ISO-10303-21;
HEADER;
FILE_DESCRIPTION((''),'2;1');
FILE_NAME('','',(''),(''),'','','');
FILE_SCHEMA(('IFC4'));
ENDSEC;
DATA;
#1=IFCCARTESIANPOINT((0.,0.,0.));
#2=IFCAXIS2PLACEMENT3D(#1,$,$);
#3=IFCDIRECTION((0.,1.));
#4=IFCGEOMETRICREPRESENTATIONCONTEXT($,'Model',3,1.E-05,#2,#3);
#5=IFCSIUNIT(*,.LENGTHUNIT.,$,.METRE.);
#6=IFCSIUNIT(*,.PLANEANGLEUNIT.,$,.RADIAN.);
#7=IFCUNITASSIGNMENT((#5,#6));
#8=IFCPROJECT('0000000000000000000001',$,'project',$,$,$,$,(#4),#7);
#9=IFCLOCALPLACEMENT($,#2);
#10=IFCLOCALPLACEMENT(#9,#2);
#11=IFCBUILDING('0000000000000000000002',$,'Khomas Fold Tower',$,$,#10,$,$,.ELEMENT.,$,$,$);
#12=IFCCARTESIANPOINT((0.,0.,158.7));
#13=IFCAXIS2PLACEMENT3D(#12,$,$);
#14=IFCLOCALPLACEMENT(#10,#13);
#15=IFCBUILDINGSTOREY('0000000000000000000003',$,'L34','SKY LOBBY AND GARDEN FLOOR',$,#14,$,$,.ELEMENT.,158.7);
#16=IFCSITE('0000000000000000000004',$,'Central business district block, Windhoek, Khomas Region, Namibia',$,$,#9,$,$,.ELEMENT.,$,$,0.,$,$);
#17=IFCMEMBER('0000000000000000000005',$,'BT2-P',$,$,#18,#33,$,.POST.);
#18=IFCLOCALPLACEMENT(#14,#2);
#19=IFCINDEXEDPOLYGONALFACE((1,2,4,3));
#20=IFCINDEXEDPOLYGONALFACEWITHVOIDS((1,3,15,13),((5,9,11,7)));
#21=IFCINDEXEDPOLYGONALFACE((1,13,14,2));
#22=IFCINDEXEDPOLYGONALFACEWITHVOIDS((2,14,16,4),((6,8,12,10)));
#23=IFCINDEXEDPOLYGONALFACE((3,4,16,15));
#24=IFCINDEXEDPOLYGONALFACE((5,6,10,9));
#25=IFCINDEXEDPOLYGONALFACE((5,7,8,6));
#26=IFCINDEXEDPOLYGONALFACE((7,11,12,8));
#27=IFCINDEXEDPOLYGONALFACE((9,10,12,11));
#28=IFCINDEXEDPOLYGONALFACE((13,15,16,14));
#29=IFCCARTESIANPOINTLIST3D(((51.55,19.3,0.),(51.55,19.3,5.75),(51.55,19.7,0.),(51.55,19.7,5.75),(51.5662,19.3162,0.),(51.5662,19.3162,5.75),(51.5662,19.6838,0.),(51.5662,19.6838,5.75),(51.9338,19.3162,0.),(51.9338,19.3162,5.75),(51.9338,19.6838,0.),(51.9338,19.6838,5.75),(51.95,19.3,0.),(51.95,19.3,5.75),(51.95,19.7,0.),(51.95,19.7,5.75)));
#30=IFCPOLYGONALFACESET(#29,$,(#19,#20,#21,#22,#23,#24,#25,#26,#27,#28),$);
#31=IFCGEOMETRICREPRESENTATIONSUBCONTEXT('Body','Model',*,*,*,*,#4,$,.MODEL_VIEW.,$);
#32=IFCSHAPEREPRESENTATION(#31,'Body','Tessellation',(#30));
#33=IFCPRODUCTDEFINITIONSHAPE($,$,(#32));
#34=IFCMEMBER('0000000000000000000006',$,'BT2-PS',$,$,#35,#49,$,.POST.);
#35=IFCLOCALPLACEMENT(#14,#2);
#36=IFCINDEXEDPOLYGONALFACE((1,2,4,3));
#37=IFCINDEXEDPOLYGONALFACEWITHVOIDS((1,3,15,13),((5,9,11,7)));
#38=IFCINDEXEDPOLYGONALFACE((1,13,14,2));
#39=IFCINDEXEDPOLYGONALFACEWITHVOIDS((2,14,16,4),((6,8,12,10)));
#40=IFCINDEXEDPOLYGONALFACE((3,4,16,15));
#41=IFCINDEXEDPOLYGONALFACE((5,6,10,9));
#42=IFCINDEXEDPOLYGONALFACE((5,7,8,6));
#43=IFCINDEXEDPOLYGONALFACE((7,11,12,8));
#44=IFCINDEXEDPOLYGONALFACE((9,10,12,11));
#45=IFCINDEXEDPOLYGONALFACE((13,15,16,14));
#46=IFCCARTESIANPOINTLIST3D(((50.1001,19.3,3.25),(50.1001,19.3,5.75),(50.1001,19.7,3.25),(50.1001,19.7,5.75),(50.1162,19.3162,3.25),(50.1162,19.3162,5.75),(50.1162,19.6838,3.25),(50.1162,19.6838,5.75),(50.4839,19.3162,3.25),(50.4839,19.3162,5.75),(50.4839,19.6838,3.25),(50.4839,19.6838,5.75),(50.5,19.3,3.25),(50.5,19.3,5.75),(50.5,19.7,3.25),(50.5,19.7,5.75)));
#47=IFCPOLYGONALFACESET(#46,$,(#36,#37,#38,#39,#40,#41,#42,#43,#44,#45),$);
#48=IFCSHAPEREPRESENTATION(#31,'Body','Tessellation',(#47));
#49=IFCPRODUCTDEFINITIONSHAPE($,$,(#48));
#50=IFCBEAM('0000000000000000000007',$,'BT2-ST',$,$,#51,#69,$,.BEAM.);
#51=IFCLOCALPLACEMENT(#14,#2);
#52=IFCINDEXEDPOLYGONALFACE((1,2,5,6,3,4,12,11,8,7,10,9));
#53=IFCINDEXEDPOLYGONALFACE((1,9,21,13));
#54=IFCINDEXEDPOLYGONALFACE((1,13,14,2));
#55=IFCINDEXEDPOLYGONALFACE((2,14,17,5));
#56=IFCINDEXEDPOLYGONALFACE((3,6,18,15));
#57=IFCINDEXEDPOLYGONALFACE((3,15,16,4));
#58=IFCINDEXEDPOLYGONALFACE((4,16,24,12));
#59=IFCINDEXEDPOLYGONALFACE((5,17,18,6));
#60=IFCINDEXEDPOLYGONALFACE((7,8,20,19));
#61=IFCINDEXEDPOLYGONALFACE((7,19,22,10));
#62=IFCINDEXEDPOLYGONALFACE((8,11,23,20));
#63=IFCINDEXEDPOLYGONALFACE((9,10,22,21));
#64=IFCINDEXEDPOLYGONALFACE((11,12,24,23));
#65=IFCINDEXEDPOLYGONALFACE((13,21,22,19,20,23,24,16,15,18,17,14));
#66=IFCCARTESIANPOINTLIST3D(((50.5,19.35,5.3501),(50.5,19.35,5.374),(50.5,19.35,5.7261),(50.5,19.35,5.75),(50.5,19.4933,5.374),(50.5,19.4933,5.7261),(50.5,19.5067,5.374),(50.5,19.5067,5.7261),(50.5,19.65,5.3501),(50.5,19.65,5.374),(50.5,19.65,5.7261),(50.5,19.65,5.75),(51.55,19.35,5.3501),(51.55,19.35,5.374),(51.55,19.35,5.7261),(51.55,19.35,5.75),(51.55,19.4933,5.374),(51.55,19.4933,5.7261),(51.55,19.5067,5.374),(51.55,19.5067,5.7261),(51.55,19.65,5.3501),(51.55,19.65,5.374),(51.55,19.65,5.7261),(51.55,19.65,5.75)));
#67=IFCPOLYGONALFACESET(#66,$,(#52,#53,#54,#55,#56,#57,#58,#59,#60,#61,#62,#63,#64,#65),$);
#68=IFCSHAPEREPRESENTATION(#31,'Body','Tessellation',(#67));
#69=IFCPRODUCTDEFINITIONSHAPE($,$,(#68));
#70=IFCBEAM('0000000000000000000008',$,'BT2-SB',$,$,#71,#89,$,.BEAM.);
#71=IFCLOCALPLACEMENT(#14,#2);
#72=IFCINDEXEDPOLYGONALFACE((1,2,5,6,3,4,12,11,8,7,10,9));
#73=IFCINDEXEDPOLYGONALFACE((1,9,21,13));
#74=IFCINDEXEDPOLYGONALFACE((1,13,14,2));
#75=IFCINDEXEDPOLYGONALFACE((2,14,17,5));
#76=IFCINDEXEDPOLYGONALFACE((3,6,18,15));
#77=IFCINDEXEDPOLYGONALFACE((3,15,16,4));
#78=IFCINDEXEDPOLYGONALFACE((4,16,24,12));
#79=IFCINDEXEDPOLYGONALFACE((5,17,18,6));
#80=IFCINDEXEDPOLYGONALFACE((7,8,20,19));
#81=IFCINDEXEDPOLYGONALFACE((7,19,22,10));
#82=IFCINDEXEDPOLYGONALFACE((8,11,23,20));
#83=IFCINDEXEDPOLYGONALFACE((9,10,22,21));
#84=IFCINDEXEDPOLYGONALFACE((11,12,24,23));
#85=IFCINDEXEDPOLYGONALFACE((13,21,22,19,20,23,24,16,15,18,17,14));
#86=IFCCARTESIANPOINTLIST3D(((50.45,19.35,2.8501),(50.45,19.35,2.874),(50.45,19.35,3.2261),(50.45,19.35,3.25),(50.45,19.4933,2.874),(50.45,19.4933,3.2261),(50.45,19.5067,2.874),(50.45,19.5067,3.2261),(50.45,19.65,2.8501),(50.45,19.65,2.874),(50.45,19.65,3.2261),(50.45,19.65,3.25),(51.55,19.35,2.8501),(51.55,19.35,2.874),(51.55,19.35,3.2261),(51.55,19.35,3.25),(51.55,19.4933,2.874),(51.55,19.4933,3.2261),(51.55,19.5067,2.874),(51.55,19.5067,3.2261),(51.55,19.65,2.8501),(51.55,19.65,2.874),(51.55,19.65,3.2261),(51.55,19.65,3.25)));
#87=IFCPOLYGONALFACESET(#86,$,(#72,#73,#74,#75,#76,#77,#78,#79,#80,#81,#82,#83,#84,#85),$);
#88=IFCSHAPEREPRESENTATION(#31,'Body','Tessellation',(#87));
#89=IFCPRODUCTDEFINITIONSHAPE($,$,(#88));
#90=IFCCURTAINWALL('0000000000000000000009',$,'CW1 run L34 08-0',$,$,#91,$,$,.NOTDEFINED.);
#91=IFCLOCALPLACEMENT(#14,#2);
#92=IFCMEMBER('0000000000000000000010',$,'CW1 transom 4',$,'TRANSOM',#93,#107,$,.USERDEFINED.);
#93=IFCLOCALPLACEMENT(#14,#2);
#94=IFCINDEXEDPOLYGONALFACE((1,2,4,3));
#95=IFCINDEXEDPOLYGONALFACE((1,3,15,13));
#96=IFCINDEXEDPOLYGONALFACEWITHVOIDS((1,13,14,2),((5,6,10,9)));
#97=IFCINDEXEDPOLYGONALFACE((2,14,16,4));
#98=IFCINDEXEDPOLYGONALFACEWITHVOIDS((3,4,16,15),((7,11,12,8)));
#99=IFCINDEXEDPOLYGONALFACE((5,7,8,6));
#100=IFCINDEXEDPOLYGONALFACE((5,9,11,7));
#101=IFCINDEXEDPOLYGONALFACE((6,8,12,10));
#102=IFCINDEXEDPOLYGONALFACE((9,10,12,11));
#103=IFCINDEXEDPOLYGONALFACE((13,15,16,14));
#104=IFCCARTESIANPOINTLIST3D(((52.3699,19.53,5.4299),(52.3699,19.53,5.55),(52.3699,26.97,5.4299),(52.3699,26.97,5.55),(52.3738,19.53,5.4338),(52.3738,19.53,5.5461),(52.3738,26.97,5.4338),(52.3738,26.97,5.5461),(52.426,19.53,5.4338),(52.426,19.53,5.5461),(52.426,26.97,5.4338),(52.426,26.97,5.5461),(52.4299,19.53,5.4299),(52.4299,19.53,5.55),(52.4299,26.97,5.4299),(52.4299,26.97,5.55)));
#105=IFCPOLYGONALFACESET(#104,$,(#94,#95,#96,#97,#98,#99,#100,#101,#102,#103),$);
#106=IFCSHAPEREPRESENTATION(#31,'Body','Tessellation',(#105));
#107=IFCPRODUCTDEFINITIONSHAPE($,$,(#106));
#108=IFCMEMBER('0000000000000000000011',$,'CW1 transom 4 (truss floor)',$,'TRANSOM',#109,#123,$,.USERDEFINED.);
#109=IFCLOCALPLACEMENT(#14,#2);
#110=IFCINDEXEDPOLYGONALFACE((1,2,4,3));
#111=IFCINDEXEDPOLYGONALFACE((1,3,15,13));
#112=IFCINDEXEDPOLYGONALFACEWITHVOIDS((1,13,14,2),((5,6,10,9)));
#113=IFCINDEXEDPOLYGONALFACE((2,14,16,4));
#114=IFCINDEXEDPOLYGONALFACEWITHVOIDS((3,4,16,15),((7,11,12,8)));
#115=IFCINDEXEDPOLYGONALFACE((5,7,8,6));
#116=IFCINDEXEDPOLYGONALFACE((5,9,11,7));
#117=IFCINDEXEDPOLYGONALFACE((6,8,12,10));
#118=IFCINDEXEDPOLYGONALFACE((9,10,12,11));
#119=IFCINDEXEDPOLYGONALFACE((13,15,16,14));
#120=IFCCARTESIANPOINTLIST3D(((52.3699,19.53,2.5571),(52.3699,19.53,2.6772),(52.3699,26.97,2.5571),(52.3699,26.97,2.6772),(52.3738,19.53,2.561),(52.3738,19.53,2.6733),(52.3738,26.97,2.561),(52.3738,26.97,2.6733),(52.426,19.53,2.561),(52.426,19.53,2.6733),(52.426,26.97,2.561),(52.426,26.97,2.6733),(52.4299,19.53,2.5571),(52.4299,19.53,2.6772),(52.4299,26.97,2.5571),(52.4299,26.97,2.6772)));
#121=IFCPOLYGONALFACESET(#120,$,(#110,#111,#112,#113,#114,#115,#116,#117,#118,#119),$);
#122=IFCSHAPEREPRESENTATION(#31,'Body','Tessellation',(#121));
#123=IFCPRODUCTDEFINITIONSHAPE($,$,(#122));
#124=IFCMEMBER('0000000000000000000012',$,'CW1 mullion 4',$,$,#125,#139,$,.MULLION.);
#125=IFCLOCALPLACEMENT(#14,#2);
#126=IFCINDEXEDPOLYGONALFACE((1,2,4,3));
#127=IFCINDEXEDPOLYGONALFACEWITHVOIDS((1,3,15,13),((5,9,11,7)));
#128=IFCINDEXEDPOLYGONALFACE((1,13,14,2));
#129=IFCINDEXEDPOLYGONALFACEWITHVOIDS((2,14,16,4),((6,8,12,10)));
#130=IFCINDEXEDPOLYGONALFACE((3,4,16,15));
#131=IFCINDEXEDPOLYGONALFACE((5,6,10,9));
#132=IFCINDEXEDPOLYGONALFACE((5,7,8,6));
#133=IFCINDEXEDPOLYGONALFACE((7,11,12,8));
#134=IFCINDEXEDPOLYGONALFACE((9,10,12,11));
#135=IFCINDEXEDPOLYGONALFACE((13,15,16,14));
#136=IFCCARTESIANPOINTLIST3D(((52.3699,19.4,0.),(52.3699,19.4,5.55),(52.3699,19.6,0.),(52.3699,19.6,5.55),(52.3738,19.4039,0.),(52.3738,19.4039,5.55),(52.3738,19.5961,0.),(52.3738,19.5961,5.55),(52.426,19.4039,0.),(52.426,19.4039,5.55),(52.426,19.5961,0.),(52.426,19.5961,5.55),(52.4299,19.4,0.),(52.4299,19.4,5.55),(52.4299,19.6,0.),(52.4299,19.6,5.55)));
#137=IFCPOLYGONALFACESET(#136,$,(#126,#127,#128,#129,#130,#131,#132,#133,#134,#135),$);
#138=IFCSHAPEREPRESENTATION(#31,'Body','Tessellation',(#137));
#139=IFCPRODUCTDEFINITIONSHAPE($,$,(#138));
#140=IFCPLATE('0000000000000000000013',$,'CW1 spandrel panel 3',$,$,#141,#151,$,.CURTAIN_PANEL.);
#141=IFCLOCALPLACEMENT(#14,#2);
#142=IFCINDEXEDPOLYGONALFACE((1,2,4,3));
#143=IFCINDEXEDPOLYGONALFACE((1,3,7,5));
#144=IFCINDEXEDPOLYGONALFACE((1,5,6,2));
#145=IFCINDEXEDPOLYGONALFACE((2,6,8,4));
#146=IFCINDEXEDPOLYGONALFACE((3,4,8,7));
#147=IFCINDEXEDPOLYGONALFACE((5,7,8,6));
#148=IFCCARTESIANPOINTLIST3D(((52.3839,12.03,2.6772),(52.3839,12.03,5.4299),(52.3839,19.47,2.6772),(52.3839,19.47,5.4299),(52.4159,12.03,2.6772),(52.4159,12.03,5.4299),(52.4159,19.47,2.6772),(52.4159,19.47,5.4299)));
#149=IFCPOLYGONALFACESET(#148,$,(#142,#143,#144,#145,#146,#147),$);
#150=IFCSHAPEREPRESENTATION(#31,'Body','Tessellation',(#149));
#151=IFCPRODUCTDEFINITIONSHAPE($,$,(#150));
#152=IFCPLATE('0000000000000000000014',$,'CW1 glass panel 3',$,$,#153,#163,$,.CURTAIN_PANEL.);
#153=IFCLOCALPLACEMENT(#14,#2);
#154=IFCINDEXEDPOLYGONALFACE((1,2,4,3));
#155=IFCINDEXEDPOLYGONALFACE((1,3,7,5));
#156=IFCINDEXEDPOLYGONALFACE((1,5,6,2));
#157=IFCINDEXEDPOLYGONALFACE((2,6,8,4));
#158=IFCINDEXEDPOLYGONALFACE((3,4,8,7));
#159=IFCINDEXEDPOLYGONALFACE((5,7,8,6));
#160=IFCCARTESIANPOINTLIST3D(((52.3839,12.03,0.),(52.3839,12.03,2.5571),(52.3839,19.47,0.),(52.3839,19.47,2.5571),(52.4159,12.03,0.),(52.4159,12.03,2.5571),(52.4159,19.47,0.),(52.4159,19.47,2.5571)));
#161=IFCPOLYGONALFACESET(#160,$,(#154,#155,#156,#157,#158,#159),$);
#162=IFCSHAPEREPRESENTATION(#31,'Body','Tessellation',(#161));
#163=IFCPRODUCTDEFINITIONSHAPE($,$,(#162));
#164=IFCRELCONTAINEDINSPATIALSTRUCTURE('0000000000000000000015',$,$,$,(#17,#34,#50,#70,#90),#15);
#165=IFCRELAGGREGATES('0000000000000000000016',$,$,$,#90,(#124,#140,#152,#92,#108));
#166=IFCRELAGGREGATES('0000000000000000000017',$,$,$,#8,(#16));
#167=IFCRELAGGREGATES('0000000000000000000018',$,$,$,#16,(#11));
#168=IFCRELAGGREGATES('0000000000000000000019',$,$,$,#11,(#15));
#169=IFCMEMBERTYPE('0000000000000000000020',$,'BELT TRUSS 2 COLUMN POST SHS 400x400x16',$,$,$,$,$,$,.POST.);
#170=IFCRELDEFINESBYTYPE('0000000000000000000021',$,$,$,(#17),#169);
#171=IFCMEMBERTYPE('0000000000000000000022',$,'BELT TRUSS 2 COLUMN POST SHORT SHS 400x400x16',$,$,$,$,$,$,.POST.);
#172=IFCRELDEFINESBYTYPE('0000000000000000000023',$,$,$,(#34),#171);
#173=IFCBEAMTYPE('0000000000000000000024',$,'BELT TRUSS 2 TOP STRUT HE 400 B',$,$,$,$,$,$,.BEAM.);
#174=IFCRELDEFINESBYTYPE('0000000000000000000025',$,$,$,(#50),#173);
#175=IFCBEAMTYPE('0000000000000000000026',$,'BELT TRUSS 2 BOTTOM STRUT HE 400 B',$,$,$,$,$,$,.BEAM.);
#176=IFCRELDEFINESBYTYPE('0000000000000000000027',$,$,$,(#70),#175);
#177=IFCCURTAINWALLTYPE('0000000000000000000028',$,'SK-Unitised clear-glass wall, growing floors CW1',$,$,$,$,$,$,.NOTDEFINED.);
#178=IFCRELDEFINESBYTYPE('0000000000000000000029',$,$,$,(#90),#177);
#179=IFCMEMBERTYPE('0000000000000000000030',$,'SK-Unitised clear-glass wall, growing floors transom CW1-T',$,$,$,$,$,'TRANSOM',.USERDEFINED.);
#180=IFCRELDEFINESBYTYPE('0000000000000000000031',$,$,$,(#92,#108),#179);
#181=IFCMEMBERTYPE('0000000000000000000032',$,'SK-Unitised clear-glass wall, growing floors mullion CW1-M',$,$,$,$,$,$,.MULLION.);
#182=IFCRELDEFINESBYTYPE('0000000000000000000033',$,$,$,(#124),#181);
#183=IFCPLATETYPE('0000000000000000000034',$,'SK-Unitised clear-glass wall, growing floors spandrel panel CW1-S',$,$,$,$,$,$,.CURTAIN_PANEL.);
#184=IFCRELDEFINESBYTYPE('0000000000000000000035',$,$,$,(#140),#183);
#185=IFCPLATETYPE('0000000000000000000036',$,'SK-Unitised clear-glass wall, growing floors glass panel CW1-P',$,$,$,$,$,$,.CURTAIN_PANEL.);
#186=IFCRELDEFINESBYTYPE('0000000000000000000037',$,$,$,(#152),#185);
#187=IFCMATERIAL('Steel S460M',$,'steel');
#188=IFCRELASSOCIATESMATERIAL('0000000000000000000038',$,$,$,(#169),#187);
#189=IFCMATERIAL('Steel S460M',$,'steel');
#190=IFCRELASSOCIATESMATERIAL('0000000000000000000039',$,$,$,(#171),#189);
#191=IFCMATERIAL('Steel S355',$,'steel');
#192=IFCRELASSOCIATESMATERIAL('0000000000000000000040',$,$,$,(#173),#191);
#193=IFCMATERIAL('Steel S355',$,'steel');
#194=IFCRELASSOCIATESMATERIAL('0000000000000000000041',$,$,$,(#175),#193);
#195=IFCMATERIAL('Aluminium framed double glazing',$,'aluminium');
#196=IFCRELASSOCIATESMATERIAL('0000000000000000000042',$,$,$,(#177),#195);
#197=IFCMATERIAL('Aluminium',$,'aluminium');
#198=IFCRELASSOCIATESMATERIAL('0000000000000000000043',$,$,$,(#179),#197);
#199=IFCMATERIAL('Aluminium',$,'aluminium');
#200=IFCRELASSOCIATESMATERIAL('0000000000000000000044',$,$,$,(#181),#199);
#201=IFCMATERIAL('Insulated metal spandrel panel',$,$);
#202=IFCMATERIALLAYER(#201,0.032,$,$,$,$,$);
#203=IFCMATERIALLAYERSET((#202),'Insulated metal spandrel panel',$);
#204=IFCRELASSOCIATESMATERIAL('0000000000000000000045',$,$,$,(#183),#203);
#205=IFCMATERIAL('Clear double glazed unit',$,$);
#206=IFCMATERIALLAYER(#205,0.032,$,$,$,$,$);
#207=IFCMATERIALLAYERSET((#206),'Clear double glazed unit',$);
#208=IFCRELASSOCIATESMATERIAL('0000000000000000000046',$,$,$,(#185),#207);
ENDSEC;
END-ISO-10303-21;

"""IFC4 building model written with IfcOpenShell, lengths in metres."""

from ifc_helpers import new_model, si_unit, direction, frame, origin, origin_2d, place, context, subcontext, project, spatial, rectangle, hollow_rectangle, i_section, extrude, source, transform, mapped, material, layer, layer_set, material_profile, profile_set, type_object, element, aggregate, save


model = new_model("IFC4")

# Units and contexts
model_context = context("Model", 3, precision=1e-05, world=origin(), true_north=direction((0.0, 1.0)))
body_context = subcontext(model_context, "Body", "Model", "MODEL_VIEW")
ifc_project = project(units=[si_unit("LENGTHUNIT", "METRE"), si_unit("PLANEANGLEUNIT", "RADIAN")], contexts=[model_context])

# Site, building, storey
site_placement = place(None, origin())
site = spatial("IfcSite", under=ifc_project, at=site_placement, Name="Central business district block, Windhoek, Khomas Region, Namibia", CompositionType="ELEMENT", RefElevation=0.0)
building_placement = place(site_placement, origin())
building = spatial("IfcBuilding", under=site, at=building_placement, Name="Khomas Fold Tower", CompositionType="ELEMENT")
storey_placement = place(building_placement, frame((0.0, 0.0, 158.7)))
storey = spatial("IfcBuildingStorey", under=building, at=storey_placement, Name="L34", Description="SKY LOBBY AND GARDEN FLOOR", CompositionType="ELEMENT", Elevation=158.7)

# Members
ifc_material_1 = material(Name="Steel S460M", Category="steel")
ifc_material_profile_1 = material_profile(ifc_material_1, hollow_rectangle(XDim=0.3999, YDim=0.3999, WallThickness=0.0161, at=origin_2d()), Name="SHS 400x400x16")
ifc_profile_set_1 = profile_set([ifc_material_profile_1], Name="Steel S460M")
member_type_1 = type_object("IfcMemberType", Name="BELT TRUSS 2 COLUMN POST SHS 400x400x16", PredefinedType="POST", material=ifc_profile_set_1)
shared_shape_1 = source(origin(), body_context, "Body", "SweptSolid", [
    extrude(hollow_rectangle(XDim=0.3999, YDim=0.3999, WallThickness=0.0161, at=origin_2d()), origin(), (0.0, 0.0, 1.0), 5.75),
])
member_1_placement = place(storey_placement, frame((51.75, 19.5, 0.0), z_axis=(0.0, 0.0, 1.0), x_axis=(1.0, 0.0, 0.0)))
element("IfcMember", 1, at=member_1_placement, inside=storey, type_object=member_type_1, Name="BT2-P", PredefinedType="POST", context=body_context, shape_type="MappedRepresentation", body=[
    mapped(shared_shape_1, transform((0.0, 0.0, 0.0))),
])
ifc_material_2 = material(Name="Steel S460M", Category="steel")
ifc_material_profile_2 = material_profile(ifc_material_2, hollow_rectangle(XDim=0.3999, YDim=0.3999, WallThickness=0.0161, at=origin_2d()), Name="SHS 400x400x16")
ifc_profile_set_2 = profile_set([ifc_material_profile_2], Name="Steel S460M")
member_type_2 = type_object("IfcMemberType", Name="BELT TRUSS 2 COLUMN POST SHORT SHS 400x400x16", PredefinedType="POST", material=ifc_profile_set_2)
shared_shape_2 = source(origin(), body_context, "Body", "SweptSolid", [
    extrude(hollow_rectangle(XDim=0.3999, YDim=0.3999, WallThickness=0.0161, at=origin_2d()), origin(), (0.0, 0.0, 1.0), 2.5),
])
member_2_placement = place(storey_placement, frame((50.3, 19.5, 3.25), z_axis=(0.0, 0.0, 1.0), x_axis=(1.0, 0.0, 0.0)))
element("IfcMember", 2, at=member_2_placement, inside=storey, type_object=member_type_2, Name="BT2-PS", PredefinedType="POST", context=body_context, shape_type="MappedRepresentation", body=[
    mapped(shared_shape_2, transform((0.0, 0.0, 0.0))),
])

# Beams
ifc_material_3 = material(Name="Steel S355", Category="steel")
ifc_material_profile_3 = material_profile(ifc_material_3, i_section(OverallWidth=0.3, OverallDepth=0.3999, WebThickness=0.0134, FlangeThickness=0.0239, at=origin_2d()), Name="HE 400 B")
ifc_profile_set_3 = profile_set([ifc_material_profile_3], Name="Steel S355")
beam_type_1 = type_object("IfcBeamType", Name="BELT TRUSS 2 TOP STRUT HE 400 B", PredefinedType="BEAM", material=ifc_profile_set_3)
shared_shape_3 = source(origin(), body_context, "Body", "SweptSolid", [
    extrude(i_section(OverallWidth=0.3, OverallDepth=0.3999, WebThickness=0.0134, FlangeThickness=0.0239, at=origin_2d()), origin(), (0.0, 0.0, 1.0), 1.05),
])
beam_1_placement = place(storey_placement, frame((50.5, 19.5, 5.55), z_axis=(1.0, 0.0, 0.0), x_axis=(0.0, 1.0, 0.0)))
element("IfcBeam", 3, at=beam_1_placement, inside=storey, type_object=beam_type_1, Name="BT2-ST", PredefinedType="BEAM", context=body_context, shape_type="MappedRepresentation", body=[
    mapped(shared_shape_3, transform((0.0, 0.0, 0.0))),
])
ifc_material_4 = material(Name="Steel S355", Category="steel")
ifc_material_profile_4 = material_profile(ifc_material_4, i_section(OverallWidth=0.3, OverallDepth=0.3999, WebThickness=0.0134, FlangeThickness=0.0239, at=origin_2d()), Name="HE 400 B")
ifc_profile_set_4 = profile_set([ifc_material_profile_4], Name="Steel S355")
beam_type_2 = type_object("IfcBeamType", Name="BELT TRUSS 2 BOTTOM STRUT HE 400 B", PredefinedType="BEAM", material=ifc_profile_set_4)
shared_shape_4 = source(origin(), body_context, "Body", "SweptSolid", [
    extrude(i_section(OverallWidth=0.3, OverallDepth=0.3999, WebThickness=0.0134, FlangeThickness=0.0239, at=origin_2d()), origin(), (0.0, 0.0, 1.0), 1.1001),
])
beam_2_placement = place(storey_placement, frame((50.45, 19.5, 3.05), z_axis=(1.0, 0.0, 0.0), x_axis=(0.0, 1.0, 0.0)))
element("IfcBeam", 4, at=beam_2_placement, inside=storey, type_object=beam_type_2, Name="BT2-SB", PredefinedType="BEAM", context=body_context, shape_type="MappedRepresentation", body=[
    mapped(shared_shape_4, transform((0.0, 0.0, 0.0))),
])

# Curtain wall, members, plates
ifc_material_5 = material(Name="Aluminium framed double glazing", Category="aluminium")
curtain_wall_type = type_object("IfcCurtainWallType", Name="SK-Unitised clear-glass wall, growing floors CW1", PredefinedType="NOTDEFINED", material=ifc_material_5)
curtain_wall_placement = place(storey_placement, origin())
curtain_wall = element("IfcCurtainWall", 5, at=curtain_wall_placement, inside=storey, type_object=curtain_wall_type, Name="CW1 run L34 08-0", PredefinedType="NOTDEFINED")
ifc_material_6 = material(Name="Aluminium", Category="aluminium")
ifc_material_profile_5 = material_profile(ifc_material_6, hollow_rectangle(XDim=0.0601, YDim=0.1201, WallThickness=0.0039, at=origin_2d()), Name="SK-Unitised clear-glass wall, growing floors transom CW1-T")
ifc_profile_set_5 = profile_set([ifc_material_profile_5], Name="Aluminium")
member_type_3 = type_object("IfcMemberType", Name="SK-Unitised clear-glass wall, growing floors transom CW1-T", ElementType="TRANSOM", PredefinedType="USERDEFINED", material=ifc_profile_set_5)
shared_shape_5 = source(origin(), body_context, "Body", "SweptSolid", [
    extrude(hollow_rectangle(XDim=0.0601, YDim=0.1201, WallThickness=0.0039, at=origin_2d()), origin(), (0.0, 0.0, 1.0), 7.4399),
])
member_3_placement = place(storey_placement, frame((52.3999, 19.53, 5.49), z_axis=(0.0, 1.0, 0.0), x_axis=(-1.0, 0.0, 0.0)))
member_3 = element("IfcMember", 6, at=member_3_placement, type_object=member_type_3, Name="CW1 transom 4", ObjectType="TRANSOM", PredefinedType="USERDEFINED", context=body_context, shape_type="MappedRepresentation", body=[
    mapped(shared_shape_5, transform((0.0, 0.0, 0.0))),
])
member_4_placement = place(storey_placement, frame((52.3999, 19.53, 2.6172), z_axis=(0.0, 1.0, 0.0), x_axis=(-1.0, 0.0, 0.0)))
member_4 = element("IfcMember", 7, at=member_4_placement, type_object=member_type_3, Name="CW1 transom 4 (truss floor)", ObjectType="TRANSOM", PredefinedType="USERDEFINED", context=body_context, shape_type="MappedRepresentation", body=[
    mapped(shared_shape_5, transform((0.0, 0.0, 0.0))),
])
ifc_material_7 = material(Name="Aluminium", Category="aluminium")
ifc_material_profile_6 = material_profile(ifc_material_7, hollow_rectangle(XDim=0.0601, YDim=0.2, WallThickness=0.0039, at=origin_2d()), Name="SK-Unitised clear-glass wall, growing floors mullion CW1-M")
ifc_profile_set_6 = profile_set([ifc_material_profile_6], Name="Aluminium")
member_type_4 = type_object("IfcMemberType", Name="SK-Unitised clear-glass wall, growing floors mullion CW1-M", PredefinedType="MULLION", material=ifc_profile_set_6)
shared_shape_6 = source(origin(), body_context, "Body", "SweptSolid", [
    extrude(hollow_rectangle(XDim=0.0601, YDim=0.2, WallThickness=0.0039, at=origin_2d()), origin(), (0.0, 0.0, 1.0), 5.55),
])
member_5_placement = place(storey_placement, frame((52.3999, 19.5, 0.0), z_axis=(0.0, 0.0, 1.0), x_axis=(-1.0, 0.0, 0.0)))
member_5 = element("IfcMember", 8, at=member_5_placement, type_object=member_type_4, Name="CW1 mullion 4", PredefinedType="MULLION", context=body_context, shape_type="MappedRepresentation", body=[
    mapped(shared_shape_6, transform((0.0, 0.0, 0.0))),
])
ifc_material_8 = material(Name="Insulated metal spandrel panel")
ifc_layer_1 = layer(ifc_material_8, 0.032)
ifc_layer_set_1 = layer_set([ifc_layer_1], Name="Insulated metal spandrel panel")
plate_type_1 = type_object("IfcPlateType", Name="SK-Unitised clear-glass wall, growing floors spandrel panel CW1-S", PredefinedType="CURTAIN_PANEL", material=ifc_layer_set_1)
shared_shape_7 = source(origin(), body_context, "Body", "SweptSolid", [
    extrude(rectangle(XDim=7.4399, YDim=0.032, at=origin_2d()), origin(), (0.0, 0.0, 1.0), 2.7527),
])
plate_1_placement = place(storey_placement, frame((52.3999, 15.75, 2.6772), z_axis=(0.0, 0.0, 1.0), x_axis=(0.0, 1.0, 0.0)))
plate_1 = element("IfcPlate", 9, at=plate_1_placement, type_object=plate_type_1, Name="CW1 spandrel panel 3", PredefinedType="CURTAIN_PANEL", context=body_context, shape_type="MappedRepresentation", body=[
    mapped(shared_shape_7, transform((0.0, 0.0, 0.0))),
])
ifc_material_9 = material(Name="Clear double glazed unit")
ifc_layer_2 = layer(ifc_material_9, 0.032)
ifc_layer_set_2 = layer_set([ifc_layer_2], Name="Clear double glazed unit")
plate_type_2 = type_object("IfcPlateType", Name="SK-Unitised clear-glass wall, growing floors glass panel CW1-P", PredefinedType="CURTAIN_PANEL", material=ifc_layer_set_2)
shared_shape_8 = source(origin(), body_context, "Body", "SweptSolid", [
    extrude(rectangle(XDim=7.4399, YDim=0.032, at=origin_2d()), origin(), (0.0, 0.0, 1.0), 2.5571),
])
plate_2_placement = place(storey_placement, frame((52.3999, 15.75, 0.0), z_axis=(0.0, 0.0, 1.0), x_axis=(0.0, 1.0, 0.0)))
plate_2 = element("IfcPlate", 10, at=plate_2_placement, type_object=plate_type_2, Name="CW1 glass panel 3", PredefinedType="CURTAIN_PANEL", context=body_context, shape_type="MappedRepresentation", body=[
    mapped(shared_shape_8, transform((0.0, 0.0, 0.0))),
])
aggregate(curtain_wall, [member_5, plate_1, plate_2, member_3, member_4])

save(model, "model.ifc")
